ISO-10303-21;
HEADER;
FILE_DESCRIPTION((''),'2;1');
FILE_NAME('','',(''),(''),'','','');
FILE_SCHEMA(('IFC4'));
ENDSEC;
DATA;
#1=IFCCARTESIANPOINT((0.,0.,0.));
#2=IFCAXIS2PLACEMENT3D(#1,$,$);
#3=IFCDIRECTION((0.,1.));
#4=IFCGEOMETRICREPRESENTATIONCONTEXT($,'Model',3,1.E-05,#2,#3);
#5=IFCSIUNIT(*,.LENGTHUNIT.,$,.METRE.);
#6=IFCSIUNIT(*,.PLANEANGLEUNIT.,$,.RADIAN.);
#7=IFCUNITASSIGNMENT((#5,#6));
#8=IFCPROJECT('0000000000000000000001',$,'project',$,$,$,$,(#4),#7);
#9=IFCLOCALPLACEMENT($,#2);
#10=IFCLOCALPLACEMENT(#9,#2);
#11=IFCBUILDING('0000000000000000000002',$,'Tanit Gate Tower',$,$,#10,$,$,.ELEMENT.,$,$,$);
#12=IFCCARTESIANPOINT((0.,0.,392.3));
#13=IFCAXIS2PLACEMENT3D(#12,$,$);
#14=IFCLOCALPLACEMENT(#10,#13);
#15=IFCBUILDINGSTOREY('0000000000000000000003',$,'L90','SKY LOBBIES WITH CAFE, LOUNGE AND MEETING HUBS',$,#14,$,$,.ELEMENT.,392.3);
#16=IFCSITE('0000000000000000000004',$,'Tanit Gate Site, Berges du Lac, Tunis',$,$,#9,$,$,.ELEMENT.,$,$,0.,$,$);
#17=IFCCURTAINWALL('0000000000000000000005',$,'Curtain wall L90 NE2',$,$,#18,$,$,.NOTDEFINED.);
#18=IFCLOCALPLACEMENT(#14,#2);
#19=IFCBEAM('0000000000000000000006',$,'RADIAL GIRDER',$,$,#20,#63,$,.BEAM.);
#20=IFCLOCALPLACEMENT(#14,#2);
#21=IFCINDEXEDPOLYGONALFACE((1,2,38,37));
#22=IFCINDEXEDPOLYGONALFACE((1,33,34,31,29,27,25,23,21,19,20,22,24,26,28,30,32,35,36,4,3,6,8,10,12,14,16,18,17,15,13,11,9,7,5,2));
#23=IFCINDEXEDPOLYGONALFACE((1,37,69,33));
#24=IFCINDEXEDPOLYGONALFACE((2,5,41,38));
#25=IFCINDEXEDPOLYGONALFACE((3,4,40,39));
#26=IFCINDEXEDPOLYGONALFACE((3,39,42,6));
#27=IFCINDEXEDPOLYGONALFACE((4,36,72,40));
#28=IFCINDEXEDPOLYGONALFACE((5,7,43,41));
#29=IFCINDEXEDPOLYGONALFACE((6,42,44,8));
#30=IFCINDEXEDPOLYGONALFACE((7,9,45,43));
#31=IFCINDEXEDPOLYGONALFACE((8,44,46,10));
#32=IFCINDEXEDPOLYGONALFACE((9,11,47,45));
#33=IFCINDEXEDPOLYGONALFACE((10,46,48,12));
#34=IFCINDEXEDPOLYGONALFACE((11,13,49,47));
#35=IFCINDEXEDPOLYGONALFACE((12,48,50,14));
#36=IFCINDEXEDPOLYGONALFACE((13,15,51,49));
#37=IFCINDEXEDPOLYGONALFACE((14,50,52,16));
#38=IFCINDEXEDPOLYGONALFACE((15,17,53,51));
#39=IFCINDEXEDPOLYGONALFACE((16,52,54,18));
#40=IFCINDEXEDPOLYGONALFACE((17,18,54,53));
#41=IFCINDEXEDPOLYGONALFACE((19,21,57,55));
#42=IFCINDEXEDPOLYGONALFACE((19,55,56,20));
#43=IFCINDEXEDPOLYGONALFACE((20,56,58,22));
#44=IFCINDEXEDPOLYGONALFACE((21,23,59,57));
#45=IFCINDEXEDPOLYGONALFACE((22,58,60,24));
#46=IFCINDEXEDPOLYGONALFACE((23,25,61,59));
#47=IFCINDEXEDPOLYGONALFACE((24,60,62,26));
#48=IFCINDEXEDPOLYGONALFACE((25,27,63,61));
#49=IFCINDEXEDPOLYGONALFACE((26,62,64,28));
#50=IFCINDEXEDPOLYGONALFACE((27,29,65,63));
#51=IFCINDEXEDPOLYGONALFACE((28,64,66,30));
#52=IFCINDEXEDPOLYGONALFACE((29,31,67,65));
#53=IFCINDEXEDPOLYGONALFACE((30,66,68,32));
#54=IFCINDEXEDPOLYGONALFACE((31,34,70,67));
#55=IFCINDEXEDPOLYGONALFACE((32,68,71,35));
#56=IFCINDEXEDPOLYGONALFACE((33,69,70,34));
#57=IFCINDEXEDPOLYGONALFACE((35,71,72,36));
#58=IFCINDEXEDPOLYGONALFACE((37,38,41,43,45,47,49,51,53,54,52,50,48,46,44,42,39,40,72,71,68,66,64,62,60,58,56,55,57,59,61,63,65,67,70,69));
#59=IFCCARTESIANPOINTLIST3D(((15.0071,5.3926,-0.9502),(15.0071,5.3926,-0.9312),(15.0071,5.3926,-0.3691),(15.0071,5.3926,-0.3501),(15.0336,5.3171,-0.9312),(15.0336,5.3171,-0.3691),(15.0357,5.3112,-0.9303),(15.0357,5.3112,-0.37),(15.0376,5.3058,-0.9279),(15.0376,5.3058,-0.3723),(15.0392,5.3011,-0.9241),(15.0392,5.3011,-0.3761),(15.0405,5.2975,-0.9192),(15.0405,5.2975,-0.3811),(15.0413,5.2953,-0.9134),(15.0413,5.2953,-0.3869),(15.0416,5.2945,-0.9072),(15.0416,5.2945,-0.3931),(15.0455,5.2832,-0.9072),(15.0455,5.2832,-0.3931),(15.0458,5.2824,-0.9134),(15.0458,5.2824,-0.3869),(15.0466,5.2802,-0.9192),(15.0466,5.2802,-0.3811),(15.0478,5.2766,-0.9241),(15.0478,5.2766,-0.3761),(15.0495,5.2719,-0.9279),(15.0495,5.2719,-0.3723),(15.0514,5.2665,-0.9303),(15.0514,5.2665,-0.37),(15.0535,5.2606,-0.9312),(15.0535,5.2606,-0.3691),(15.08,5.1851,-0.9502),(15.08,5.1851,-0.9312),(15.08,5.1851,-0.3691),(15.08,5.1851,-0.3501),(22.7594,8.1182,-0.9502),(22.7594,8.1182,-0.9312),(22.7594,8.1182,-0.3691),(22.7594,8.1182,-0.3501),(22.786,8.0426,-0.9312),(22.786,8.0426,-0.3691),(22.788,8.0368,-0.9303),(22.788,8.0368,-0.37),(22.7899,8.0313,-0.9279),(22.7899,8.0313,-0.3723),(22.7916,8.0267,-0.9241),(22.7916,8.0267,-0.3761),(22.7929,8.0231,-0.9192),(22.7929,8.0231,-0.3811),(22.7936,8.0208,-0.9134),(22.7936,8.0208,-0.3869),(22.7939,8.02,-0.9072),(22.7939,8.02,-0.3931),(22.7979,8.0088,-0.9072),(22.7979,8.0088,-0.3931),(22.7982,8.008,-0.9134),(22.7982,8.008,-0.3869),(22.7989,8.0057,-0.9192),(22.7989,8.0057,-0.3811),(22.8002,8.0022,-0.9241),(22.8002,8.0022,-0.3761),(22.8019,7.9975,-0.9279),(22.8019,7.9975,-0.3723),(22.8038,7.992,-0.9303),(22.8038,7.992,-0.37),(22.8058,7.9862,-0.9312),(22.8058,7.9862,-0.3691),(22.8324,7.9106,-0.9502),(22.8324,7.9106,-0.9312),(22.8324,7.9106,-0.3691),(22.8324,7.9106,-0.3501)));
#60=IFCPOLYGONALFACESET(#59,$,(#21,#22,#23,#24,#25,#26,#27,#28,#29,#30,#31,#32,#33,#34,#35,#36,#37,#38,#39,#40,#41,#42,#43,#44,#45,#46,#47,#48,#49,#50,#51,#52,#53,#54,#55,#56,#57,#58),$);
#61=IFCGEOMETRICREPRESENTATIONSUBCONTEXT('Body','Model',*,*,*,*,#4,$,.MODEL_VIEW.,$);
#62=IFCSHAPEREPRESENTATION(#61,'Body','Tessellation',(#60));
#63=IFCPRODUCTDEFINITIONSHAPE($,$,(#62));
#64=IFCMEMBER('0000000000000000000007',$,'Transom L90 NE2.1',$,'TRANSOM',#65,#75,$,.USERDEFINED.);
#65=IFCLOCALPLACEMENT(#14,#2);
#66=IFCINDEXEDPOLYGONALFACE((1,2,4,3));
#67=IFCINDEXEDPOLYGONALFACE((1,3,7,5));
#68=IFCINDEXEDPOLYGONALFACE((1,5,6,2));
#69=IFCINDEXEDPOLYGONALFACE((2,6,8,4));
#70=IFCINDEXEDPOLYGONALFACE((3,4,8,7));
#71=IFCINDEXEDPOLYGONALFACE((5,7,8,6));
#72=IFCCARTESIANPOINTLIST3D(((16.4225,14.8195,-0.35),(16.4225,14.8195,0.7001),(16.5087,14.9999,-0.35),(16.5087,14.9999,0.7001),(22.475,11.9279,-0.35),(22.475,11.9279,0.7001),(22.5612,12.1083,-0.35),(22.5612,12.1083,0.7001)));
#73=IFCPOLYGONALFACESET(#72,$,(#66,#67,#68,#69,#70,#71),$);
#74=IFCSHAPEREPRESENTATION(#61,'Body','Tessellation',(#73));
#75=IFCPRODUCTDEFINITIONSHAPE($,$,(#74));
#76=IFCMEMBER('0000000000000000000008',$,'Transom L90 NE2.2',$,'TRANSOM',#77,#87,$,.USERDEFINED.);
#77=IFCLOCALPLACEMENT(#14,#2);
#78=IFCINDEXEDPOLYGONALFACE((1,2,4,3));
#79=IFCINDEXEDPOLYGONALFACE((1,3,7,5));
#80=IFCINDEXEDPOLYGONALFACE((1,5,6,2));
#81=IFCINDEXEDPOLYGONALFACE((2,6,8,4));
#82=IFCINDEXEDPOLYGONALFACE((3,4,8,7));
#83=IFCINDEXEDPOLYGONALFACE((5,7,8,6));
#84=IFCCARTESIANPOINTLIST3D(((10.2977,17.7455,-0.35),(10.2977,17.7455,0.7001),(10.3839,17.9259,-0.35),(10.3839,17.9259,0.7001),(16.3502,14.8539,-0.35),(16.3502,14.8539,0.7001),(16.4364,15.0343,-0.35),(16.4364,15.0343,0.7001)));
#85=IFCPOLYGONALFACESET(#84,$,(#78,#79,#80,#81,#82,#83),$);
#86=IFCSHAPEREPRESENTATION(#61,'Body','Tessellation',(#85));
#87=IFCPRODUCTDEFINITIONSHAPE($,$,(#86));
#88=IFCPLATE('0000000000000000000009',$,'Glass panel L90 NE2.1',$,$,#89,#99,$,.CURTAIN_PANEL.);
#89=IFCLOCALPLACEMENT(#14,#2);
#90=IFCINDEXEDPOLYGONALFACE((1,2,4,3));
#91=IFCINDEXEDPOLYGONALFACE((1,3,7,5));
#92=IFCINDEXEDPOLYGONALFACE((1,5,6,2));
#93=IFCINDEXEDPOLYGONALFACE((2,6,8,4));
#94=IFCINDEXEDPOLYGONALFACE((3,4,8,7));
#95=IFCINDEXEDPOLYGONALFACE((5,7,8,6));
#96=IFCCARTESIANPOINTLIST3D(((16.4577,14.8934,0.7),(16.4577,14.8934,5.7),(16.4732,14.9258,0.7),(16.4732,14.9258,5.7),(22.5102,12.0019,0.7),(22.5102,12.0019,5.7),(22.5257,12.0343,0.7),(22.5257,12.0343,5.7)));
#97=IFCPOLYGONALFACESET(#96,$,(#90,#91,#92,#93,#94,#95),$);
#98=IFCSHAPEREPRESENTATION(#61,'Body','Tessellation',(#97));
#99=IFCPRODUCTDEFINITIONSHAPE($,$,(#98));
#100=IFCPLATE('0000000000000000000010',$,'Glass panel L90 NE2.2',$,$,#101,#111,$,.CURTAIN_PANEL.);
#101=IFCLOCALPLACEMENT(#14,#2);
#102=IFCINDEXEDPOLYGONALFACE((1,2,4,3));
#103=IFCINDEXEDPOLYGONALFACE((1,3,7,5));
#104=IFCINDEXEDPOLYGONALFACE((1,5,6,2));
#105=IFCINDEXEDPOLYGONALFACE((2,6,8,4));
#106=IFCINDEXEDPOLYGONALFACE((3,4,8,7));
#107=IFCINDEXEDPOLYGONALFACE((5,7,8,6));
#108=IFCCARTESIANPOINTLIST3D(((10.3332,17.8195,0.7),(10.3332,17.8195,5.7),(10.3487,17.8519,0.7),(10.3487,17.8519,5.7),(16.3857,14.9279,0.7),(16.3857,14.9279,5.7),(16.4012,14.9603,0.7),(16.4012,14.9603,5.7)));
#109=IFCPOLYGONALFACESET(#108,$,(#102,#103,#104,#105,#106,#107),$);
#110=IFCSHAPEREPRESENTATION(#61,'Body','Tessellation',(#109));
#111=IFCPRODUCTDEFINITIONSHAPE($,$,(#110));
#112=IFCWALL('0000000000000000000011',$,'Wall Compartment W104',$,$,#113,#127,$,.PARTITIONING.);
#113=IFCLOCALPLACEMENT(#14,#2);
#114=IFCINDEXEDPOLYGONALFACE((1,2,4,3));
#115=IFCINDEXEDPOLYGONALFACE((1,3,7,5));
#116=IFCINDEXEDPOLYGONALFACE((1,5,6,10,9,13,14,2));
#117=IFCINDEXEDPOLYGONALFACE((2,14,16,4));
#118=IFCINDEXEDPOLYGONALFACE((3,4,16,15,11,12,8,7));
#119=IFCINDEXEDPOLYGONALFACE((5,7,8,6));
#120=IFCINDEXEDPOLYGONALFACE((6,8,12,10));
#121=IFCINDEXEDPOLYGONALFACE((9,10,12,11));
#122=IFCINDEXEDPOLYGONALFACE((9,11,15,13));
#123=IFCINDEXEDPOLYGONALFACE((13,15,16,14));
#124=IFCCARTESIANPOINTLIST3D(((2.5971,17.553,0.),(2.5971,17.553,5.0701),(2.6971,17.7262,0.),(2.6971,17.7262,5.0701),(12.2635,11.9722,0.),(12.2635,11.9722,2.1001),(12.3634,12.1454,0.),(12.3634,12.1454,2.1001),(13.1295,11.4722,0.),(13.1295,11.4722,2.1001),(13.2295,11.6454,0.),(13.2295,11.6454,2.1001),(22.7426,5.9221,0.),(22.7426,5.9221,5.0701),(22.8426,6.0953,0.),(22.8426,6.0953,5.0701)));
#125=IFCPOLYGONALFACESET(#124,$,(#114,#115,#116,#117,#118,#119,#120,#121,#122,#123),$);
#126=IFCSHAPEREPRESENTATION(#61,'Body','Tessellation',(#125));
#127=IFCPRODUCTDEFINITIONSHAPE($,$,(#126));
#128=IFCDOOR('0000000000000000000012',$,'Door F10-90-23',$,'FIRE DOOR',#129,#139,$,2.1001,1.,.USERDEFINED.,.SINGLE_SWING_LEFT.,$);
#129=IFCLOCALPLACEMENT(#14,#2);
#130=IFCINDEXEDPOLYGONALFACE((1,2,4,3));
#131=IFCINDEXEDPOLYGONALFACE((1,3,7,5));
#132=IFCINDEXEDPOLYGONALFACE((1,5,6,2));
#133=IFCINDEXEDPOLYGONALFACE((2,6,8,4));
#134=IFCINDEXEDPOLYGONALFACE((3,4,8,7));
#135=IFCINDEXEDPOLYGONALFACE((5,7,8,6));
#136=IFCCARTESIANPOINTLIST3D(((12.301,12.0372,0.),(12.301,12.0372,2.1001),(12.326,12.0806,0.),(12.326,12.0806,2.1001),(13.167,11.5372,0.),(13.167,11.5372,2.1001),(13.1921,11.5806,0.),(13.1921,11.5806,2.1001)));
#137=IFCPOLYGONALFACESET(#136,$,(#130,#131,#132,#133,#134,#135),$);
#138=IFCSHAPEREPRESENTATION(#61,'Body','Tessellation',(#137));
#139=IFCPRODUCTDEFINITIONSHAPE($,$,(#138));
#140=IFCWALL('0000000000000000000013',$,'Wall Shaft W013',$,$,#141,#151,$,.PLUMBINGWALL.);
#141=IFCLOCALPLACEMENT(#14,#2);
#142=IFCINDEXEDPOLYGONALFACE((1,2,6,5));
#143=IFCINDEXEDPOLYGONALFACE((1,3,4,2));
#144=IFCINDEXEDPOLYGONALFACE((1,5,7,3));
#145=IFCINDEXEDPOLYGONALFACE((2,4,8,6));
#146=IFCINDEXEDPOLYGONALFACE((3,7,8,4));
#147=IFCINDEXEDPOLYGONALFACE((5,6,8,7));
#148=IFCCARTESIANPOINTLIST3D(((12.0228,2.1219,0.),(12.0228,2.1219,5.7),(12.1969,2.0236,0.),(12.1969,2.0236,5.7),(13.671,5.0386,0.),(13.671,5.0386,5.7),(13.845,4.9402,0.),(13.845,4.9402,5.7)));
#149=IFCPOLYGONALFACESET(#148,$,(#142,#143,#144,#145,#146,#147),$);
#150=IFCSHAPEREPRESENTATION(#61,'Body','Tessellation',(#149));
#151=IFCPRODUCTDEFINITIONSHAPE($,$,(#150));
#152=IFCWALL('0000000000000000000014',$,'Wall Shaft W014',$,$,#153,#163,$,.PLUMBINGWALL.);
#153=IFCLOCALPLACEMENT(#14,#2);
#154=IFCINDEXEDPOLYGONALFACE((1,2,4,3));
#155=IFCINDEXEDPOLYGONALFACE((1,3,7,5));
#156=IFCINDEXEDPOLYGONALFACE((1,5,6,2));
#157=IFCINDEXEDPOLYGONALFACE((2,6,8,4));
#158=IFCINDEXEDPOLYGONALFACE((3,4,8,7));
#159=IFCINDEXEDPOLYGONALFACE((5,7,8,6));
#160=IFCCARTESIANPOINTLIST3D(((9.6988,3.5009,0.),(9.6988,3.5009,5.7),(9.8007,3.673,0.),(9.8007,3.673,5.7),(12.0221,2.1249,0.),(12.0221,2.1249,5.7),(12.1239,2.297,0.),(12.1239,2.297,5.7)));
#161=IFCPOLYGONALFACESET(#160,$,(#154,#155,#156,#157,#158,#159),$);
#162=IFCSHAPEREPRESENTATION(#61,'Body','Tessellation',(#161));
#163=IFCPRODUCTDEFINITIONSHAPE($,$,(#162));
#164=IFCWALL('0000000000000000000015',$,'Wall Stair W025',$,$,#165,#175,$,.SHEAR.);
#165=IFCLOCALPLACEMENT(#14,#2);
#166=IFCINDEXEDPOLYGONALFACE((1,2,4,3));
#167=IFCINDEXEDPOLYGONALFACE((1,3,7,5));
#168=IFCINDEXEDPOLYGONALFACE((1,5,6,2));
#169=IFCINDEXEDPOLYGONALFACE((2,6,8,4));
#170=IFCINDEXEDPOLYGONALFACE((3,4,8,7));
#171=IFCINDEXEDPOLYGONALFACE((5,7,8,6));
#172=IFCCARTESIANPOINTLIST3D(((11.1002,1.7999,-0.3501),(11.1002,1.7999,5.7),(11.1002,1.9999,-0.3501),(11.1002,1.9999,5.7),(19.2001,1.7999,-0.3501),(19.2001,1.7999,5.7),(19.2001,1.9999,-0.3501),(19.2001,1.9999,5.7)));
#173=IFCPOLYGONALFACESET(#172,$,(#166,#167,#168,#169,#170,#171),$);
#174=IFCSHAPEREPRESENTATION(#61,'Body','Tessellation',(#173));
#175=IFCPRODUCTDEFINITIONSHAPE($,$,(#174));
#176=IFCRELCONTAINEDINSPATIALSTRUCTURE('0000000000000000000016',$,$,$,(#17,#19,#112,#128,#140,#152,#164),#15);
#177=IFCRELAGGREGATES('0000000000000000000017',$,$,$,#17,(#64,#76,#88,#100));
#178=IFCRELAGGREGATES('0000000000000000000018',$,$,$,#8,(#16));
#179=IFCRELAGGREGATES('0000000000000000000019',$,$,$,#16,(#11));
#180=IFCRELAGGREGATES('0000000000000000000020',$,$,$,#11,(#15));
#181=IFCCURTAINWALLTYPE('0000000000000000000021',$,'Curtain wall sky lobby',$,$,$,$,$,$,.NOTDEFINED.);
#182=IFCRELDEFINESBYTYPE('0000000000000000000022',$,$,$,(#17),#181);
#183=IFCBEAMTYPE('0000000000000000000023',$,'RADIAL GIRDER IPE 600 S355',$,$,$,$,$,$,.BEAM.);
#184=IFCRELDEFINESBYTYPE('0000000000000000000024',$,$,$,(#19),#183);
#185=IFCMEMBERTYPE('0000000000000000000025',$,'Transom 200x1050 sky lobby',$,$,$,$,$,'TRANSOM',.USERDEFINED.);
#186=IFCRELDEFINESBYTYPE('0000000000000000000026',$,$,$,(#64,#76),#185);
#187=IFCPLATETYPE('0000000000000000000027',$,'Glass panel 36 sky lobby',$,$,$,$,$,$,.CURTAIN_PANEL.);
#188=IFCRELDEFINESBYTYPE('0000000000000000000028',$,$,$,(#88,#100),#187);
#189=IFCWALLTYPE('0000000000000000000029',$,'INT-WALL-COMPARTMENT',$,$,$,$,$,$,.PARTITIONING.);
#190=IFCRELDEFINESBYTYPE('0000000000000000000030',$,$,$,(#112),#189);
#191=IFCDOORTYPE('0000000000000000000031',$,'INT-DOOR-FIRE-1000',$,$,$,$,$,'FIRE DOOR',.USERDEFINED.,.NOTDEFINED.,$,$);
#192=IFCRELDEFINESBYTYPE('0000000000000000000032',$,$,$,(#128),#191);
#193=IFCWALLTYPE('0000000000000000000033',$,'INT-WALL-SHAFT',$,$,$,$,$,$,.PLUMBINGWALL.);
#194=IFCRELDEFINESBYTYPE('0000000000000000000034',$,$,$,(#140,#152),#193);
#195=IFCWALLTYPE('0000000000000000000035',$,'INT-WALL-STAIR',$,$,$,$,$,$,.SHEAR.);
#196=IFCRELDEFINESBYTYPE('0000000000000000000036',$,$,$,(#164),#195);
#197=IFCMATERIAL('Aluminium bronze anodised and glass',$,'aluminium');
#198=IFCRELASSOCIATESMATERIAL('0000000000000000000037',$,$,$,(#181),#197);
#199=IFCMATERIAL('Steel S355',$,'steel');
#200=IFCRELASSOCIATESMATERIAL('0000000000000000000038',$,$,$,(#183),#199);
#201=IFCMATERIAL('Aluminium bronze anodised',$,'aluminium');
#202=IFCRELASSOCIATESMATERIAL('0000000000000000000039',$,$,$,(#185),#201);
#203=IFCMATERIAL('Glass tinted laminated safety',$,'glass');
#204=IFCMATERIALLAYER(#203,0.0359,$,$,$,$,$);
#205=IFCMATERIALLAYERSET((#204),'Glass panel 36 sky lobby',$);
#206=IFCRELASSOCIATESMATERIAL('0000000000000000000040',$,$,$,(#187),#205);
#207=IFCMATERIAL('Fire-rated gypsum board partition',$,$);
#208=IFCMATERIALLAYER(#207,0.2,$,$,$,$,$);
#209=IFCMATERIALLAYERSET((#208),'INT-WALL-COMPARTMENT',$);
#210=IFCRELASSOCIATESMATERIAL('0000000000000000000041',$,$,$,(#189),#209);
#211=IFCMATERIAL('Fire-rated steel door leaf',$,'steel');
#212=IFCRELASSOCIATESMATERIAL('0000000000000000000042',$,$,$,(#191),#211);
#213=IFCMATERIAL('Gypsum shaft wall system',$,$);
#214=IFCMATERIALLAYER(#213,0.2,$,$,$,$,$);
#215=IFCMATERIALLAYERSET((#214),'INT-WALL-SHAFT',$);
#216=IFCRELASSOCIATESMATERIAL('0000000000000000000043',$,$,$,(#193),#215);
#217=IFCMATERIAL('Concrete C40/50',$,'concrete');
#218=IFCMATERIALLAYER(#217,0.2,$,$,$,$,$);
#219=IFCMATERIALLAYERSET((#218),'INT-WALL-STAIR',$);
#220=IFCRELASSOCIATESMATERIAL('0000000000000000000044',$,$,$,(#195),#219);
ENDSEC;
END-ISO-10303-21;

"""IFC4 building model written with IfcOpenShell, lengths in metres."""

from ifc_helpers import new_model, si_unit, direction, frame, frame_2d, origin, origin_2d, place, context, subcontext, project, spatial, rectangle, i_section, extrude, material, layer, layer_set, material_profile, profile_set, type_object, element, fill, aggregate, save


model = new_model("IFC4")

# Units and contexts
model_context = context("Model", 3, precision=1e-05, world=origin(), true_north=direction((0.0, 1.0)))
body_context = subcontext(model_context, "Body", "Model", "MODEL_VIEW")
ifc_project = project(units=[si_unit("LENGTHUNIT", "METRE"), si_unit("PLANEANGLEUNIT", "RADIAN")], contexts=[model_context])

# Site, building, storey
site_placement = place(None, origin())
site = spatial("IfcSite", under=ifc_project, at=site_placement, Name="Tanit Gate Site, Berges du Lac, Tunis", CompositionType="ELEMENT", RefElevation=0.0)
building_placement = place(site_placement, origin())
building = spatial("IfcBuilding", under=site, at=building_placement, Name="Tanit Gate Tower", CompositionType="ELEMENT")
storey_placement = place(building_placement, frame((0.0, 0.0, 392.3)))
storey = spatial("IfcBuildingStorey", under=building, at=storey_placement, Name="L90", Description="SKY LOBBIES WITH CAFE, LOUNGE AND MEETING HUBS", CompositionType="ELEMENT", Elevation=392.3)

# Shared definitions
ifc_material_1 = material(Name="Aluminium bronze anodised and glass", Category="aluminium")
curtain_wall_type = type_object("IfcCurtainWallType", Name="Curtain wall sky lobby", PredefinedType="NOTDEFINED", material=ifc_material_1)

# Curtain wall
curtain_wall_1_placement = place(storey_placement, origin())
curtain_wall_1 = element("IfcCurtainWall", 1, at=curtain_wall_1_placement, inside=storey, type_object=curtain_wall_type, Name="Curtain wall L90 NE2", PredefinedType="NOTDEFINED")

# Beam
ifc_material_2 = material(Name="Steel S355", Category="steel")
ifc_material_profile_1 = material_profile(ifc_material_2, i_section(OverallWidth=0.22, OverallDepth=0.6001, WebThickness=0.012, FlangeThickness=0.019, FilletRadius=0.0239, at=origin_2d()), Name="IPE 600")
ifc_profile_set_1 = profile_set([ifc_material_profile_1], Name="Steel S355")
beam_type_1 = type_object("IfcBeamType", Name="RADIAL GIRDER IPE 600 S355", PredefinedType="BEAM", material=ifc_profile_set_1)
beam_1_placement = place(storey_placement, frame((22.7959, 8.0144, -0.6501), z_axis=(-0.943393, -0.331676, 0.0), x_axis=(0.331676, -0.943393, 0.0)))
element("IfcBeam", 2, at=beam_1_placement, inside=storey, type_object=beam_type_1, Name="RADIAL GIRDER", PredefinedType="BEAM", context=body_context, shape_type="SweptSolid", body=[
    extrude(i_section(OverallWidth=0.22, OverallDepth=0.6001, WebThickness=0.012, FlangeThickness=0.019, FilletRadius=0.0239, at=origin_2d()), origin(), (0.0, 0.0, 1.0), 8.2175),
])

# Members
ifc_material_3 = material(Name="Aluminium bronze anodised", Category="aluminium")
ifc_material_profile_2 = material_profile(ifc_material_3, rectangle(XDim=0.2, YDim=1.05, at=origin_2d()), Name="200x1050 bronze transom")
ifc_profile_set_2 = profile_set([ifc_material_profile_2], Name="Aluminium bronze anodised")
member_type_1 = type_object("IfcMemberType", Name="Transom 200x1050 sky lobby", ElementType="TRANSOM", PredefinedType="USERDEFINED", material=ifc_profile_set_2)
member_1_placement = place(storey_placement, frame((22.5181, 12.0181, 0.175), z_axis=(-0.902312, 0.431083, 0.0), x_axis=(-0.431083, -0.902312, 0.0)))
member_1 = element("IfcMember", 3, at=member_1_placement, type_object=member_type_1, Name="Transom L90 NE2.1", ObjectType="TRANSOM", PredefinedType="USERDEFINED", context=body_context, shape_type="SweptSolid", body=[
    extrude(rectangle(XDim=0.2, YDim=1.05, at=origin_2d()), origin(), (0.0, 0.0, 1.0), 6.7078),
])
member_2_placement = place(storey_placement, frame((16.3933, 14.9441, 0.175), z_axis=(-0.902312, 0.431083, 0.0), x_axis=(-0.431083, -0.902312, 0.0)))
member_2 = element("IfcMember", 4, at=member_2_placement, type_object=member_type_1, Name="Transom L90 NE2.2", ObjectType="TRANSOM", PredefinedType="USERDEFINED", context=body_context, shape_type="SweptSolid", body=[
    extrude(rectangle(XDim=0.2, YDim=1.05, at=origin_2d()), origin(), (0.0, 0.0, 1.0), 6.7078),
])

# Plates
ifc_material_4 = material(Name="Glass tinted laminated safety", Category="glass")
ifc_layer_1 = layer(ifc_material_4, 0.0359)
ifc_layer_set_1 = layer_set([ifc_layer_1], Name="Glass panel 36 sky lobby")
plate_type = type_object("IfcPlateType", Name="Glass panel 36 sky lobby", PredefinedType="CURTAIN_PANEL", material=ifc_layer_set_1)
plate_1_placement = place(storey_placement, frame((19.4917, 13.4639, 0.7), z_axis=(0.0, 0.0, 1.0), x_axis=(-0.902317, 0.431073, 0.0)))
plate_1 = element("IfcPlate", 5, at=plate_1_placement, type_object=plate_type, Name="Glass panel L90 NE2.1", PredefinedType="CURTAIN_PANEL", context=body_context, shape_type="SweptSolid", body=[
    extrude(rectangle(XDim=6.7078, YDim=0.0359, at=origin_2d()), origin(), (0.0, 0.0, 1.0), 5.0),
])
plate_2_placement = place(storey_placement, frame((13.3672, 16.3899, 0.7), z_axis=(0.0, 0.0, 1.0), x_axis=(-0.902317, 0.431073, 0.0)))
plate_2 = element("IfcPlate", 6, at=plate_2_placement, type_object=plate_type, Name="Glass panel L90 NE2.2", PredefinedType="CURTAIN_PANEL", context=body_context, shape_type="SweptSolid", body=[
    extrude(rectangle(XDim=6.7078, YDim=0.0359, at=origin_2d()), origin(), (0.0, 0.0, 1.0), 5.0),
])
aggregate(curtain_wall_1, [member_1, member_2, plate_1, plate_2])

# Wall, opening, door
ifc_material_5 = material(Name="Fire-rated gypsum board partition")
ifc_layer_2 = layer(ifc_material_5, 0.2)
ifc_layer_set_2 = layer_set([ifc_layer_2], Name="INT-WALL-COMPARTMENT")
wall_type_1 = type_object("IfcWallType", Name="INT-WALL-COMPARTMENT", PredefinedType="PARTITIONING", material=ifc_layer_set_2)
wall_1_placement = place(storey_placement, frame((22.7925, 6.0088, 0.0), z_axis=(0.0, 0.0, 1.0), x_axis=(-0.866028, 0.499995, 0.0)))
wall_1 = element("IfcWall", 7, at=wall_1_placement, inside=storey, type_object=wall_type_1, Name="Wall Compartment W104", PredefinedType="PARTITIONING", context=body_context, shape_type="SweptSolid", body=[
    extrude(rectangle(XDim=23.262, YDim=0.2, at=frame_2d((11.6309, 0.0))), origin(), (0.0, 0.0, 1.0), 5.0701),
])
opening_1_placement = place(wall_1_placement, frame((11.1001, 0.0, 0.0)))
opening_1 = element("IfcOpeningElement", 8, at=opening_1_placement, cuts=wall_1, PredefinedType="OPENING", context=body_context, shape_type="SweptSolid", body=[
    extrude(rectangle(XDim=1.0, YDim=2.1001, at=frame_2d((0.5, 1.05))), frame((0.0, 0.1099, 0.0), z_axis=(0.0, -1.0, 0.0), x_axis=(1.0, 0.0, 0.0)), (0.0, 0.0, 1.0), 0.22),
])
ifc_material_6 = material(Name="Fire-rated steel door leaf", Category="steel")
door_type_1 = type_object("IfcDoorType", Name="INT-DOOR-FIRE-1000", ElementType="FIRE DOOR", OperationType="NOTDEFINED", PredefinedType="USERDEFINED", material=ifc_material_6)
door_1_placement = place(opening_1_placement, origin())
door_1 = element("IfcDoor", 9, at=door_1_placement, inside=storey, type_object=door_type_1, Name="Door F10-90-23", ObjectType="FIRE DOOR", OperationType="SINGLE_SWING_LEFT", OverallHeight=2.1001, OverallWidth=1.0, PredefinedType="USERDEFINED", context=body_context, shape_type="SweptSolid", body=[
    extrude(rectangle(XDim=1.0, YDim=2.1001, at=frame_2d((0.5, 1.05))), frame((0.0, 0.0249, 0.0), z_axis=(0.0, -1.0, 0.0), x_axis=(1.0, 0.0, 0.0)), (0.0, 0.0, 1.0), 0.05),
])
fill(opening_1, door_1)

# Walls
ifc_material_7 = material(Name="Gypsum shaft wall system")
ifc_layer_3 = layer(ifc_material_7, 0.2)
ifc_layer_set_3 = layer_set([ifc_layer_3], Name="INT-WALL-SHAFT")
wall_type_2 = type_object("IfcWallType", Name="INT-WALL-SHAFT", PredefinedType="PLUMBINGWALL", material=ifc_layer_set_3)
wall_2_placement = place(storey_placement, frame((12.1099, 2.0728, 0.0), z_axis=(0.0, 0.0, 1.0), x_axis=(0.491966, 0.870614, 0.0)))
element("IfcWall", 10, at=wall_2_placement, inside=storey, type_object=wall_type_2, Name="Wall Shaft W013", PredefinedType="PLUMBINGWALL", context=body_context, shape_type="SweptSolid", body=[
    extrude(rectangle(XDim=3.3501, YDim=0.2, at=frame_2d((1.675, 0.0))), origin(), (0.0, 0.0, 1.0), 5.7),
])
wall_3_placement = place(storey_placement, frame((12.073, 2.2109, 0.0), z_axis=(0.0, 0.0, 1.0), x_axis=(-0.860415, 0.509594, 0.0)))
element("IfcWall", 11, at=wall_3_placement, inside=storey, type_object=wall_type_2, Name="Wall Shaft W014", PredefinedType="PLUMBINGWALL", context=body_context, shape_type="SweptSolid", body=[
    extrude(rectangle(XDim=2.7002, YDim=0.2, at=frame_2d((1.3501, 0.0))), origin(), (0.0, 0.0, 1.0), 5.7),
])
ifc_material_8 = material(Name="Concrete C40/50", Category="concrete")
ifc_layer_4 = layer(ifc_material_8, 0.2)
ifc_layer_set_4 = layer_set([ifc_layer_4], Name="INT-WALL-STAIR")
wall_type_3 = type_object("IfcWallType", Name="INT-WALL-STAIR", PredefinedType="SHEAR", material=ifc_layer_set_4)
wall_4_placement = place(storey_placement, frame((19.2, 1.8999, -0.3501), z_axis=(0.0, 0.0, 1.0), x_axis=(-1.0, 0.0, 0.0)))
element("IfcWall", 12, at=wall_4_placement, inside=storey, type_object=wall_type_3, Name="Wall Stair W025", PredefinedType="SHEAR", context=body_context, shape_type="SweptSolid", body=[
    extrude(rectangle(XDim=8.0999, YDim=0.2, at=frame_2d((4.0498, 0.0))), origin(), (0.0, 0.0, 1.0), 6.05),
])

save(model, "model.ifc")
